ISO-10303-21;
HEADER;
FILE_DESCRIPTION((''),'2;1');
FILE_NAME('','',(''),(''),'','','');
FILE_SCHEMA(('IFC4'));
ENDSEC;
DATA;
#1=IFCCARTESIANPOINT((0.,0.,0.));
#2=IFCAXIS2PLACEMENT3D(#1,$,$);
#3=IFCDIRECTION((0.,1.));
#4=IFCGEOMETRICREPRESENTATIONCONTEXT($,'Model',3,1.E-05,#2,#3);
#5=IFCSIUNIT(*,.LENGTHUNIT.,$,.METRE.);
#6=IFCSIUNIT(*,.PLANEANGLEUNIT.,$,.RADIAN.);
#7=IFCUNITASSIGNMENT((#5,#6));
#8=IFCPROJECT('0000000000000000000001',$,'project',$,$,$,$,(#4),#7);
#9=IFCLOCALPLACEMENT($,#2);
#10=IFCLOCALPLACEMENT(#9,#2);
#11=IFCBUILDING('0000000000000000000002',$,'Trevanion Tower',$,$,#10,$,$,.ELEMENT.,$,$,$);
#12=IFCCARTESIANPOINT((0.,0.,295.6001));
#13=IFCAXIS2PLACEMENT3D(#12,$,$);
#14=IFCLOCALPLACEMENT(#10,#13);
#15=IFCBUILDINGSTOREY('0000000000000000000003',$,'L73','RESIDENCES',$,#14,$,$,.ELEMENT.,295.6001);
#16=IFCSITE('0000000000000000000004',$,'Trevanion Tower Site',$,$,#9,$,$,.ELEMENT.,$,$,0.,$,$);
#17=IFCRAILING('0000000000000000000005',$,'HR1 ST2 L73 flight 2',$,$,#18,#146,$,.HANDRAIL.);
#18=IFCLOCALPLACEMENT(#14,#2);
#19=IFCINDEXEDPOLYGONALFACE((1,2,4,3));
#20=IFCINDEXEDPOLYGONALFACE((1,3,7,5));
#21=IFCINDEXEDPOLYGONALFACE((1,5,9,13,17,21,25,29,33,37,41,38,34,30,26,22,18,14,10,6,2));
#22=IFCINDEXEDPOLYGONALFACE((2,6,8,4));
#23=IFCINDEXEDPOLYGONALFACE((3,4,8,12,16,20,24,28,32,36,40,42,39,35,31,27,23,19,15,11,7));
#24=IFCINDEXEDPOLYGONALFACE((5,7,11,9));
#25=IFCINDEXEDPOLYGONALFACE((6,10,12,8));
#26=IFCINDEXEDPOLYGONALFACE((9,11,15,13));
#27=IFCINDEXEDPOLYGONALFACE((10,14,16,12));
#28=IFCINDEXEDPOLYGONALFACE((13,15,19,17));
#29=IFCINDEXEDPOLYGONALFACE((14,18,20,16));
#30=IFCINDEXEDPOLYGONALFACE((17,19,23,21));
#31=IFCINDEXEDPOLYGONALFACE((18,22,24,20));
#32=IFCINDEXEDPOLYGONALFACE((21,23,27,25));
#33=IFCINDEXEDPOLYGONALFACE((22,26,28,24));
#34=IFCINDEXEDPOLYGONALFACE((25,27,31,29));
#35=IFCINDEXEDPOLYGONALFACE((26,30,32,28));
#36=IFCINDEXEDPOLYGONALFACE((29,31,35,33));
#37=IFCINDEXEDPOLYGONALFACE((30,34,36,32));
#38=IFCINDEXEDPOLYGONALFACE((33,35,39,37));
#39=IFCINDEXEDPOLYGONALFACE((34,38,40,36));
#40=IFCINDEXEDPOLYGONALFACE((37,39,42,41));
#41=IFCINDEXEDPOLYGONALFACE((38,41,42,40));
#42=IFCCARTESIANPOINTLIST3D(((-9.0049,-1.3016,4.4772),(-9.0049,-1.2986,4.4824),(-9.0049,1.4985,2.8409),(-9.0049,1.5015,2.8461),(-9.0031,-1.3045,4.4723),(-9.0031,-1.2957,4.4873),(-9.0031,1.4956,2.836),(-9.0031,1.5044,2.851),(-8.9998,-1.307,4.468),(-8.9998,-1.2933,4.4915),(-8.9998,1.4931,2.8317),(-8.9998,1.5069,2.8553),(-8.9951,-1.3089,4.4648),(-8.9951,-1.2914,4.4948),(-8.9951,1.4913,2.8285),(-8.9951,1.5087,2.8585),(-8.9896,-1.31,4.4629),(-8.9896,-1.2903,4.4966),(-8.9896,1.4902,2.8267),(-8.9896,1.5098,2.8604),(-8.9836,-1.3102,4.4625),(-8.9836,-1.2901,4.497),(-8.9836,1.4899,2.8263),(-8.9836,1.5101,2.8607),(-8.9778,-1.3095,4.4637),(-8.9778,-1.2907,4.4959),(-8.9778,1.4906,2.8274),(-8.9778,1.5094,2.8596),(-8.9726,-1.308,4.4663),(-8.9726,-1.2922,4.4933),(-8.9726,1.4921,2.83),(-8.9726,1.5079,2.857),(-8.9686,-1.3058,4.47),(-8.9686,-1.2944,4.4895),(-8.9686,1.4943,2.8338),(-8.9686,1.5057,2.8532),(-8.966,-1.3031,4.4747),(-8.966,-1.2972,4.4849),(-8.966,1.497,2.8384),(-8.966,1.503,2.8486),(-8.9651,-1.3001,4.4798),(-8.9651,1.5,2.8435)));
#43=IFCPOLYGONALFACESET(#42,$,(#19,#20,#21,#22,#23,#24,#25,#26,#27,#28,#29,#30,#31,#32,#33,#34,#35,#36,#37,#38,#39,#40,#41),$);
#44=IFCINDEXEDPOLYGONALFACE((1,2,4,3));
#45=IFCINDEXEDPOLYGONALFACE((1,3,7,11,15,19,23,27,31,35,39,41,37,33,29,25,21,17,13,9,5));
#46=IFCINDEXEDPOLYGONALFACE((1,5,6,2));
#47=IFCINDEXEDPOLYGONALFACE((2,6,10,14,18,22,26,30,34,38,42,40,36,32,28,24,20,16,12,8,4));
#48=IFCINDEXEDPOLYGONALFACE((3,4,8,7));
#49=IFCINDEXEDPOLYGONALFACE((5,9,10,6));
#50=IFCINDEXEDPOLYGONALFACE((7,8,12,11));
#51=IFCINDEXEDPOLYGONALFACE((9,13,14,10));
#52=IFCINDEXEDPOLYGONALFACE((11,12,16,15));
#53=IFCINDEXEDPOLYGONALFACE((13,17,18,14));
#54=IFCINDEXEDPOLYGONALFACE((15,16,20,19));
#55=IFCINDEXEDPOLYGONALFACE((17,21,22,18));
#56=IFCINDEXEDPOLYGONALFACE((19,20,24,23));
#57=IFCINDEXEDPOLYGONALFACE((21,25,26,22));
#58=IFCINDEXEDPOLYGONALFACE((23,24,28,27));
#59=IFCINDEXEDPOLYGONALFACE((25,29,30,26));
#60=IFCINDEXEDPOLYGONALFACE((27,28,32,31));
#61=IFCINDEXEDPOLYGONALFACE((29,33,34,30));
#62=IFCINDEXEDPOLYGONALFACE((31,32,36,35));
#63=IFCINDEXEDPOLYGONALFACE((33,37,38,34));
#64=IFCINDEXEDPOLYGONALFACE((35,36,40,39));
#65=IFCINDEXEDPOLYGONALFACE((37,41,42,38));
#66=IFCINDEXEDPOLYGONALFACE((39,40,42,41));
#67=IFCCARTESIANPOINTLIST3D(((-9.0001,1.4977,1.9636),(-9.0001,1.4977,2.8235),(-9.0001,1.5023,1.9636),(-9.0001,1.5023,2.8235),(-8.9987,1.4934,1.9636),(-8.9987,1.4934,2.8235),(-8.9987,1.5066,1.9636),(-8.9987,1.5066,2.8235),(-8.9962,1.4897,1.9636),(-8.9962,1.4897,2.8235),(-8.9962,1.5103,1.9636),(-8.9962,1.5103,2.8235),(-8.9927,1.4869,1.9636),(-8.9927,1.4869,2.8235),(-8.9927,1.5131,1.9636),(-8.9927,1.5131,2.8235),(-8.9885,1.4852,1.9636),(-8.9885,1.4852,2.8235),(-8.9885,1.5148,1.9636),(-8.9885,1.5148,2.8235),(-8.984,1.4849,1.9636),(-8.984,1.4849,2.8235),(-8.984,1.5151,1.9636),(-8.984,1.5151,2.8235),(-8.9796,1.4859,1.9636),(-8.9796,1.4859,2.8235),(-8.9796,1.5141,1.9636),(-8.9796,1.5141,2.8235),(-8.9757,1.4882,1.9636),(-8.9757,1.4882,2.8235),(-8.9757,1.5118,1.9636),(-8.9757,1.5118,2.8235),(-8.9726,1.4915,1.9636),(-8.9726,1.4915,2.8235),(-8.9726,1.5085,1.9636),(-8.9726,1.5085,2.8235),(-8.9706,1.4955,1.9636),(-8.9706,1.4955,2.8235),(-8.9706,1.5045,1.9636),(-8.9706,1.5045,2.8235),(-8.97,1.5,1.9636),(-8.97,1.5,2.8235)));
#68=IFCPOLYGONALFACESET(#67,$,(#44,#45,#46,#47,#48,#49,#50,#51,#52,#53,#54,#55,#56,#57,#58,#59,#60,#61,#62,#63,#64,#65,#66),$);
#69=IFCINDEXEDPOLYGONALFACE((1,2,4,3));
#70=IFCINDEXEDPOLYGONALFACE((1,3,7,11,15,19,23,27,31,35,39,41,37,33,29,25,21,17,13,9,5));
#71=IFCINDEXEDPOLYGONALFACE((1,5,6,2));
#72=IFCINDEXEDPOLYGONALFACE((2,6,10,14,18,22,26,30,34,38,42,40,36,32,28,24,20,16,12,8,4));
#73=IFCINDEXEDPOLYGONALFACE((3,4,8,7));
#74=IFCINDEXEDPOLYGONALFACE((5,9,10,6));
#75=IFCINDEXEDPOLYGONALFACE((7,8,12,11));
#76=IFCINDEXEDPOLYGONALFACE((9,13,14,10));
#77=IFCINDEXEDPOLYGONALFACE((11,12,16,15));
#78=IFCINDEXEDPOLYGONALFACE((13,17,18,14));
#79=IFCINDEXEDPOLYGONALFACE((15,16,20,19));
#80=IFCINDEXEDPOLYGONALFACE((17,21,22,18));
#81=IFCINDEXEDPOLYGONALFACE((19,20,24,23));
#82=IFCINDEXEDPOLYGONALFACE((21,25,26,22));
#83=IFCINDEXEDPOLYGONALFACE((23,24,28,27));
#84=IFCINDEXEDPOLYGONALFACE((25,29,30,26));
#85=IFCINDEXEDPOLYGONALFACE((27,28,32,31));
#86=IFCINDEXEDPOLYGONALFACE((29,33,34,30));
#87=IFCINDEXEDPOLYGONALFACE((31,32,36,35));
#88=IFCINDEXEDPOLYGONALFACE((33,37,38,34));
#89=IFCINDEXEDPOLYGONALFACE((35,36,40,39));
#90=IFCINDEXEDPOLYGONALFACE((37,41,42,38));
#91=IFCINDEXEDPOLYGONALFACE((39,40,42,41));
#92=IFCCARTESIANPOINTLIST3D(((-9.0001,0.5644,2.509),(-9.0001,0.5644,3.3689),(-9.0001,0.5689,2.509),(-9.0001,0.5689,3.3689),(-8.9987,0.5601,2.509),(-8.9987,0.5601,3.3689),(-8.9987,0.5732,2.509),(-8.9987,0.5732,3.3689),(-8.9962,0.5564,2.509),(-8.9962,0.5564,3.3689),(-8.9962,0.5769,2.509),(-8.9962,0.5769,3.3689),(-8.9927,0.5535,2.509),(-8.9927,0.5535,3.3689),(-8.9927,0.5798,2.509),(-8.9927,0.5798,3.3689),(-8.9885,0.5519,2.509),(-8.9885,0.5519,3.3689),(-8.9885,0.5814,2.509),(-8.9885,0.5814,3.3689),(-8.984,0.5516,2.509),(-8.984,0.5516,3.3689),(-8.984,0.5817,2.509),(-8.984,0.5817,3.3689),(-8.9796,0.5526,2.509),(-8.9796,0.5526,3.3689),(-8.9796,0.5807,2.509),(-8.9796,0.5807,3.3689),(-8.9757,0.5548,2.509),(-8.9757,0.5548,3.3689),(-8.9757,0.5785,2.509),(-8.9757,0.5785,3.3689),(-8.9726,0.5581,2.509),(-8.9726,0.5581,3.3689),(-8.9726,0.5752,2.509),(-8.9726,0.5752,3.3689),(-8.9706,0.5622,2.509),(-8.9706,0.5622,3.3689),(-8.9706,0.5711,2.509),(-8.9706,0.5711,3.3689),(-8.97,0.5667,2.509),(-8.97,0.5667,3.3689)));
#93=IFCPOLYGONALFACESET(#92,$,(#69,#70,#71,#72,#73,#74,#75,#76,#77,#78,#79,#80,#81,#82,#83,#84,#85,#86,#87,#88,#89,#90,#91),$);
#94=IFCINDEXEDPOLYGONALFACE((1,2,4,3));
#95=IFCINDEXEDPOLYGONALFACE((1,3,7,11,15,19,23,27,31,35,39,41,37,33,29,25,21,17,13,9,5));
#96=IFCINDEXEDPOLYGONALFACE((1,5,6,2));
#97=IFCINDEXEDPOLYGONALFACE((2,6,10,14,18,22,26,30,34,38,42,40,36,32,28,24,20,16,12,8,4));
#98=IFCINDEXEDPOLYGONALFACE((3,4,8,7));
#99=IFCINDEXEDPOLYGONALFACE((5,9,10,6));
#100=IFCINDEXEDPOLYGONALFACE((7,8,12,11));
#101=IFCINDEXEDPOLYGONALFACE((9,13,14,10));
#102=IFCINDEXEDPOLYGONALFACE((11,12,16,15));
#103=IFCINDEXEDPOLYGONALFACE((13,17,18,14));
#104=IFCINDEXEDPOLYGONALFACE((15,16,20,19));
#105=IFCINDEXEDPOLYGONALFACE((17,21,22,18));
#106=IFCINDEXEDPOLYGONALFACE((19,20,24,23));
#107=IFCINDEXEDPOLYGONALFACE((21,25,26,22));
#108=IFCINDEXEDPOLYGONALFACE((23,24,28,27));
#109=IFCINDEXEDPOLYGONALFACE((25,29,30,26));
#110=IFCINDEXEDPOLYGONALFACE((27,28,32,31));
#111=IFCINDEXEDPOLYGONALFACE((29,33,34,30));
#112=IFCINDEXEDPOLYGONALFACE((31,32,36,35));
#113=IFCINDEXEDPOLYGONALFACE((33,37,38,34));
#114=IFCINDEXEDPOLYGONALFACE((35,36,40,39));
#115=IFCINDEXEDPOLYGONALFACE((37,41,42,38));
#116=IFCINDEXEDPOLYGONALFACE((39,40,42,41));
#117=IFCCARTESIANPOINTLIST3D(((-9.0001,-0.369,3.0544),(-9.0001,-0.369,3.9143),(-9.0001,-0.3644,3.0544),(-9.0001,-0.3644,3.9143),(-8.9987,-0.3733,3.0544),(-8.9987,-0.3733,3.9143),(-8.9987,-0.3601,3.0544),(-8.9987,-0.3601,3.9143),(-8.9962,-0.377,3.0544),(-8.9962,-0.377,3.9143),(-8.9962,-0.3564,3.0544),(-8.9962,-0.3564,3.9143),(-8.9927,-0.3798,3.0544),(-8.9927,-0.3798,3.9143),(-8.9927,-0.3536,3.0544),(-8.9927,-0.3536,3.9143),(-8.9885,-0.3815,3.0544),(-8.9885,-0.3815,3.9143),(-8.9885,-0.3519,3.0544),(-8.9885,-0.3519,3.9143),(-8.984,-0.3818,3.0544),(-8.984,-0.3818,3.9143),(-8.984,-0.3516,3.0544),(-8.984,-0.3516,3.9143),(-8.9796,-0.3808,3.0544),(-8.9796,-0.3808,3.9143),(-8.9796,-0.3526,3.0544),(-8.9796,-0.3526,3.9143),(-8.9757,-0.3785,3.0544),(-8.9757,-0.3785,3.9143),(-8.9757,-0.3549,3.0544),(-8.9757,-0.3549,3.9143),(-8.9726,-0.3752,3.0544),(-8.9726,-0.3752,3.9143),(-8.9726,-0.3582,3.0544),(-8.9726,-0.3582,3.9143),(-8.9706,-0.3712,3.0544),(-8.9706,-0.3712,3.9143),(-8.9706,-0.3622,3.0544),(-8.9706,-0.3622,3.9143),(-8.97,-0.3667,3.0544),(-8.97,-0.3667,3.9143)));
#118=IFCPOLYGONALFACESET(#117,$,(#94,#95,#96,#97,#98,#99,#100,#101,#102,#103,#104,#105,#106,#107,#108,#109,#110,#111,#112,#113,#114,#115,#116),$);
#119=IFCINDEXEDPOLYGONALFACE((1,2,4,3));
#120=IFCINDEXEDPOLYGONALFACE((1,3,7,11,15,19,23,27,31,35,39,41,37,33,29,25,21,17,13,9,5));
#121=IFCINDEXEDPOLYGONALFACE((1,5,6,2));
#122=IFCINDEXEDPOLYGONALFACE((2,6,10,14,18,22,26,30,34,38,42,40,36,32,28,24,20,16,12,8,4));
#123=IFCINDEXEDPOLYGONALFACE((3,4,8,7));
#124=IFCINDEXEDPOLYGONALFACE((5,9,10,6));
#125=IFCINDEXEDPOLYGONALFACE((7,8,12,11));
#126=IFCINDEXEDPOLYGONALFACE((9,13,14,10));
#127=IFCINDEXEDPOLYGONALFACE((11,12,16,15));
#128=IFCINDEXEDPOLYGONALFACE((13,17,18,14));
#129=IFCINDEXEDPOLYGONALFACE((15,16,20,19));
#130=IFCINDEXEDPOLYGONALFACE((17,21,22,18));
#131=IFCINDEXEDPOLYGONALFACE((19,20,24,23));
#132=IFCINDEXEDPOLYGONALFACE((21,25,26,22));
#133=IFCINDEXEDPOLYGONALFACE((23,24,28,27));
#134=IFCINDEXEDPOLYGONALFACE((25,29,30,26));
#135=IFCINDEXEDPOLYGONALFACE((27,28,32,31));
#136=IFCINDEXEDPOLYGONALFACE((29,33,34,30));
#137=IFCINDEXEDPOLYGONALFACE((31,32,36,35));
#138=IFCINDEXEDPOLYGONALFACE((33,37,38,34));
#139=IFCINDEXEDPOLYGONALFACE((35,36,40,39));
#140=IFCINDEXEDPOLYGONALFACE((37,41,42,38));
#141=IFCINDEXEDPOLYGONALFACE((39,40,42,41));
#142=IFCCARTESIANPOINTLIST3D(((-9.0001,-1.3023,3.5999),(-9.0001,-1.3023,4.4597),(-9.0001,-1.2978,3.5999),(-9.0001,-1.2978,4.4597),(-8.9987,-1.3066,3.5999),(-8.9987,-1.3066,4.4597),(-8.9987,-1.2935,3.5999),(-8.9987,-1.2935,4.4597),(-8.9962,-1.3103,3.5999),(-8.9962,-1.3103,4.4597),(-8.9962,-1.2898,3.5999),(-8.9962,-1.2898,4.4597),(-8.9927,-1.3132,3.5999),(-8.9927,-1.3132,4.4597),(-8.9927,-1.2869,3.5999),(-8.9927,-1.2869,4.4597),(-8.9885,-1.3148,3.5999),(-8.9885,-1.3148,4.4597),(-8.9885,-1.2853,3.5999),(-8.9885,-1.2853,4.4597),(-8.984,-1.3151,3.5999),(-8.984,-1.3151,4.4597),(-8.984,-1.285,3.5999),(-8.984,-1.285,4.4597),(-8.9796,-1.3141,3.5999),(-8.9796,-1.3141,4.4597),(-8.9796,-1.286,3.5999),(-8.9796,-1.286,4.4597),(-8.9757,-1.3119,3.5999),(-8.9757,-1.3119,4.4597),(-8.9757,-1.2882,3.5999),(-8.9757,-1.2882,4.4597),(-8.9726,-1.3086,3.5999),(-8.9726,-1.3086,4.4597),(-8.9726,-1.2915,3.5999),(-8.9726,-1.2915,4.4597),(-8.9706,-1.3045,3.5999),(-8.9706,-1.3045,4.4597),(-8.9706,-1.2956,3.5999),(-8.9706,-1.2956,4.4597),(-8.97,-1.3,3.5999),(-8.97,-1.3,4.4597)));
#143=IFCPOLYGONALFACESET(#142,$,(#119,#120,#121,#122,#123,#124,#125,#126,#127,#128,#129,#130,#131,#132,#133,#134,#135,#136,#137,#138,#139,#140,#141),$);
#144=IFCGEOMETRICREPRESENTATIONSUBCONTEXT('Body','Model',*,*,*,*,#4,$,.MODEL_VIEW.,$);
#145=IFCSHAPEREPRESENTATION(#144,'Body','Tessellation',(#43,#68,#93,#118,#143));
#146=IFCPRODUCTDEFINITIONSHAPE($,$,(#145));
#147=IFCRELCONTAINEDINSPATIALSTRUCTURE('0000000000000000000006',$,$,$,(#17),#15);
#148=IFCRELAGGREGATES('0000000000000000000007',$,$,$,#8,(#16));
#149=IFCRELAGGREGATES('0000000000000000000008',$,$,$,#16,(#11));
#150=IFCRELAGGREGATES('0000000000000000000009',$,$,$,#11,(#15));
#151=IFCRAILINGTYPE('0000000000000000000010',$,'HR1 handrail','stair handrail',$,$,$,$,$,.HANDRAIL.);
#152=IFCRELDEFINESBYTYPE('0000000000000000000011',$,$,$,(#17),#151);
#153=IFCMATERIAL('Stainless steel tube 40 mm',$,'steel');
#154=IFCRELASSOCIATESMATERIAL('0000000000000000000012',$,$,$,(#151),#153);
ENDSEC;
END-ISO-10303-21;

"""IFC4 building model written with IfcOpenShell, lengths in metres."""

from ifc_helpers import new_model, si_unit, direction, frame, origin, origin_2d, place, context, subcontext, project, spatial, circle, extrude, material, type_object, element, save


model = new_model("IFC4")

# Units and contexts
model_context = context("Model", 3, precision=1e-05, world=origin(), true_north=direction((0.0, 1.0)))
body_context = subcontext(model_context, "Body", "Model", "MODEL_VIEW")
ifc_project = project(units=[si_unit("LENGTHUNIT", "METRE"), si_unit("PLANEANGLEUNIT", "RADIAN")], contexts=[model_context])

# Site, building, storey
site_placement = place(None, origin())
site = spatial("IfcSite", under=ifc_project, at=site_placement, Name="Trevanion Tower Site", CompositionType="ELEMENT", RefElevation=0.0)
building_placement = place(site_placement, origin())
building = spatial("IfcBuilding", under=site, at=building_placement, Name="Trevanion Tower", CompositionType="ELEMENT")
storey_placement = place(building_placement, frame((0.0, 0.0, 295.6001)))
storey = spatial("IfcBuildingStorey", under=building, at=storey_placement, Name="L73", Description="RESIDENCES", CompositionType="ELEMENT", Elevation=295.6001)

# Railing
ifc_material_1 = material(Name="Stainless steel tube 40 mm", Category="steel")
railing_type = type_object("IfcRailingType", Name="HR1 handrail", Description="stair handrail", PredefinedType="HANDRAIL", material=ifc_material_1)
for number, where, name in (
    (1, (-8.9851, 1.5, 1.9636), "HR1 ST2 L73 flight 2"),
):
    element("IfcRailing", number, at=place(storey_placement, frame(where)), inside=storey, type_object=railing_type, Name=name, PredefinedType="HANDRAIL", context=body_context, shape_type="SweptSolid", body=[
        extrude(circle(Radius=0.02, at=origin_2d()), frame((0.0, 0.0, 0.8799), z_axis=(0.0, -0.863394, 0.504531), x_axis=(1.0, 0.0, 0.0)), (0.0, 0.0, 1.0), 3.2432),
        extrude(circle(Radius=0.0151, at=origin_2d()), origin(), (0.0, 0.0, 1.0), 0.8599),
        extrude(circle(Radius=0.0151, at=origin_2d()), frame((0.0, -0.9333, 0.5454)), (0.0, 0.0, 1.0), 0.8599),
        extrude(circle(Radius=0.0151, at=origin_2d()), frame((0.0, -1.8667, 1.0908)), (0.0, 0.0, 1.0), 0.8599),
        extrude(circle(Radius=0.0151, at=origin_2d()), frame((0.0, -2.8, 1.6362)), (0.0, 0.0, 1.0), 0.8599),
    ])

save(model, "model.ifc")
